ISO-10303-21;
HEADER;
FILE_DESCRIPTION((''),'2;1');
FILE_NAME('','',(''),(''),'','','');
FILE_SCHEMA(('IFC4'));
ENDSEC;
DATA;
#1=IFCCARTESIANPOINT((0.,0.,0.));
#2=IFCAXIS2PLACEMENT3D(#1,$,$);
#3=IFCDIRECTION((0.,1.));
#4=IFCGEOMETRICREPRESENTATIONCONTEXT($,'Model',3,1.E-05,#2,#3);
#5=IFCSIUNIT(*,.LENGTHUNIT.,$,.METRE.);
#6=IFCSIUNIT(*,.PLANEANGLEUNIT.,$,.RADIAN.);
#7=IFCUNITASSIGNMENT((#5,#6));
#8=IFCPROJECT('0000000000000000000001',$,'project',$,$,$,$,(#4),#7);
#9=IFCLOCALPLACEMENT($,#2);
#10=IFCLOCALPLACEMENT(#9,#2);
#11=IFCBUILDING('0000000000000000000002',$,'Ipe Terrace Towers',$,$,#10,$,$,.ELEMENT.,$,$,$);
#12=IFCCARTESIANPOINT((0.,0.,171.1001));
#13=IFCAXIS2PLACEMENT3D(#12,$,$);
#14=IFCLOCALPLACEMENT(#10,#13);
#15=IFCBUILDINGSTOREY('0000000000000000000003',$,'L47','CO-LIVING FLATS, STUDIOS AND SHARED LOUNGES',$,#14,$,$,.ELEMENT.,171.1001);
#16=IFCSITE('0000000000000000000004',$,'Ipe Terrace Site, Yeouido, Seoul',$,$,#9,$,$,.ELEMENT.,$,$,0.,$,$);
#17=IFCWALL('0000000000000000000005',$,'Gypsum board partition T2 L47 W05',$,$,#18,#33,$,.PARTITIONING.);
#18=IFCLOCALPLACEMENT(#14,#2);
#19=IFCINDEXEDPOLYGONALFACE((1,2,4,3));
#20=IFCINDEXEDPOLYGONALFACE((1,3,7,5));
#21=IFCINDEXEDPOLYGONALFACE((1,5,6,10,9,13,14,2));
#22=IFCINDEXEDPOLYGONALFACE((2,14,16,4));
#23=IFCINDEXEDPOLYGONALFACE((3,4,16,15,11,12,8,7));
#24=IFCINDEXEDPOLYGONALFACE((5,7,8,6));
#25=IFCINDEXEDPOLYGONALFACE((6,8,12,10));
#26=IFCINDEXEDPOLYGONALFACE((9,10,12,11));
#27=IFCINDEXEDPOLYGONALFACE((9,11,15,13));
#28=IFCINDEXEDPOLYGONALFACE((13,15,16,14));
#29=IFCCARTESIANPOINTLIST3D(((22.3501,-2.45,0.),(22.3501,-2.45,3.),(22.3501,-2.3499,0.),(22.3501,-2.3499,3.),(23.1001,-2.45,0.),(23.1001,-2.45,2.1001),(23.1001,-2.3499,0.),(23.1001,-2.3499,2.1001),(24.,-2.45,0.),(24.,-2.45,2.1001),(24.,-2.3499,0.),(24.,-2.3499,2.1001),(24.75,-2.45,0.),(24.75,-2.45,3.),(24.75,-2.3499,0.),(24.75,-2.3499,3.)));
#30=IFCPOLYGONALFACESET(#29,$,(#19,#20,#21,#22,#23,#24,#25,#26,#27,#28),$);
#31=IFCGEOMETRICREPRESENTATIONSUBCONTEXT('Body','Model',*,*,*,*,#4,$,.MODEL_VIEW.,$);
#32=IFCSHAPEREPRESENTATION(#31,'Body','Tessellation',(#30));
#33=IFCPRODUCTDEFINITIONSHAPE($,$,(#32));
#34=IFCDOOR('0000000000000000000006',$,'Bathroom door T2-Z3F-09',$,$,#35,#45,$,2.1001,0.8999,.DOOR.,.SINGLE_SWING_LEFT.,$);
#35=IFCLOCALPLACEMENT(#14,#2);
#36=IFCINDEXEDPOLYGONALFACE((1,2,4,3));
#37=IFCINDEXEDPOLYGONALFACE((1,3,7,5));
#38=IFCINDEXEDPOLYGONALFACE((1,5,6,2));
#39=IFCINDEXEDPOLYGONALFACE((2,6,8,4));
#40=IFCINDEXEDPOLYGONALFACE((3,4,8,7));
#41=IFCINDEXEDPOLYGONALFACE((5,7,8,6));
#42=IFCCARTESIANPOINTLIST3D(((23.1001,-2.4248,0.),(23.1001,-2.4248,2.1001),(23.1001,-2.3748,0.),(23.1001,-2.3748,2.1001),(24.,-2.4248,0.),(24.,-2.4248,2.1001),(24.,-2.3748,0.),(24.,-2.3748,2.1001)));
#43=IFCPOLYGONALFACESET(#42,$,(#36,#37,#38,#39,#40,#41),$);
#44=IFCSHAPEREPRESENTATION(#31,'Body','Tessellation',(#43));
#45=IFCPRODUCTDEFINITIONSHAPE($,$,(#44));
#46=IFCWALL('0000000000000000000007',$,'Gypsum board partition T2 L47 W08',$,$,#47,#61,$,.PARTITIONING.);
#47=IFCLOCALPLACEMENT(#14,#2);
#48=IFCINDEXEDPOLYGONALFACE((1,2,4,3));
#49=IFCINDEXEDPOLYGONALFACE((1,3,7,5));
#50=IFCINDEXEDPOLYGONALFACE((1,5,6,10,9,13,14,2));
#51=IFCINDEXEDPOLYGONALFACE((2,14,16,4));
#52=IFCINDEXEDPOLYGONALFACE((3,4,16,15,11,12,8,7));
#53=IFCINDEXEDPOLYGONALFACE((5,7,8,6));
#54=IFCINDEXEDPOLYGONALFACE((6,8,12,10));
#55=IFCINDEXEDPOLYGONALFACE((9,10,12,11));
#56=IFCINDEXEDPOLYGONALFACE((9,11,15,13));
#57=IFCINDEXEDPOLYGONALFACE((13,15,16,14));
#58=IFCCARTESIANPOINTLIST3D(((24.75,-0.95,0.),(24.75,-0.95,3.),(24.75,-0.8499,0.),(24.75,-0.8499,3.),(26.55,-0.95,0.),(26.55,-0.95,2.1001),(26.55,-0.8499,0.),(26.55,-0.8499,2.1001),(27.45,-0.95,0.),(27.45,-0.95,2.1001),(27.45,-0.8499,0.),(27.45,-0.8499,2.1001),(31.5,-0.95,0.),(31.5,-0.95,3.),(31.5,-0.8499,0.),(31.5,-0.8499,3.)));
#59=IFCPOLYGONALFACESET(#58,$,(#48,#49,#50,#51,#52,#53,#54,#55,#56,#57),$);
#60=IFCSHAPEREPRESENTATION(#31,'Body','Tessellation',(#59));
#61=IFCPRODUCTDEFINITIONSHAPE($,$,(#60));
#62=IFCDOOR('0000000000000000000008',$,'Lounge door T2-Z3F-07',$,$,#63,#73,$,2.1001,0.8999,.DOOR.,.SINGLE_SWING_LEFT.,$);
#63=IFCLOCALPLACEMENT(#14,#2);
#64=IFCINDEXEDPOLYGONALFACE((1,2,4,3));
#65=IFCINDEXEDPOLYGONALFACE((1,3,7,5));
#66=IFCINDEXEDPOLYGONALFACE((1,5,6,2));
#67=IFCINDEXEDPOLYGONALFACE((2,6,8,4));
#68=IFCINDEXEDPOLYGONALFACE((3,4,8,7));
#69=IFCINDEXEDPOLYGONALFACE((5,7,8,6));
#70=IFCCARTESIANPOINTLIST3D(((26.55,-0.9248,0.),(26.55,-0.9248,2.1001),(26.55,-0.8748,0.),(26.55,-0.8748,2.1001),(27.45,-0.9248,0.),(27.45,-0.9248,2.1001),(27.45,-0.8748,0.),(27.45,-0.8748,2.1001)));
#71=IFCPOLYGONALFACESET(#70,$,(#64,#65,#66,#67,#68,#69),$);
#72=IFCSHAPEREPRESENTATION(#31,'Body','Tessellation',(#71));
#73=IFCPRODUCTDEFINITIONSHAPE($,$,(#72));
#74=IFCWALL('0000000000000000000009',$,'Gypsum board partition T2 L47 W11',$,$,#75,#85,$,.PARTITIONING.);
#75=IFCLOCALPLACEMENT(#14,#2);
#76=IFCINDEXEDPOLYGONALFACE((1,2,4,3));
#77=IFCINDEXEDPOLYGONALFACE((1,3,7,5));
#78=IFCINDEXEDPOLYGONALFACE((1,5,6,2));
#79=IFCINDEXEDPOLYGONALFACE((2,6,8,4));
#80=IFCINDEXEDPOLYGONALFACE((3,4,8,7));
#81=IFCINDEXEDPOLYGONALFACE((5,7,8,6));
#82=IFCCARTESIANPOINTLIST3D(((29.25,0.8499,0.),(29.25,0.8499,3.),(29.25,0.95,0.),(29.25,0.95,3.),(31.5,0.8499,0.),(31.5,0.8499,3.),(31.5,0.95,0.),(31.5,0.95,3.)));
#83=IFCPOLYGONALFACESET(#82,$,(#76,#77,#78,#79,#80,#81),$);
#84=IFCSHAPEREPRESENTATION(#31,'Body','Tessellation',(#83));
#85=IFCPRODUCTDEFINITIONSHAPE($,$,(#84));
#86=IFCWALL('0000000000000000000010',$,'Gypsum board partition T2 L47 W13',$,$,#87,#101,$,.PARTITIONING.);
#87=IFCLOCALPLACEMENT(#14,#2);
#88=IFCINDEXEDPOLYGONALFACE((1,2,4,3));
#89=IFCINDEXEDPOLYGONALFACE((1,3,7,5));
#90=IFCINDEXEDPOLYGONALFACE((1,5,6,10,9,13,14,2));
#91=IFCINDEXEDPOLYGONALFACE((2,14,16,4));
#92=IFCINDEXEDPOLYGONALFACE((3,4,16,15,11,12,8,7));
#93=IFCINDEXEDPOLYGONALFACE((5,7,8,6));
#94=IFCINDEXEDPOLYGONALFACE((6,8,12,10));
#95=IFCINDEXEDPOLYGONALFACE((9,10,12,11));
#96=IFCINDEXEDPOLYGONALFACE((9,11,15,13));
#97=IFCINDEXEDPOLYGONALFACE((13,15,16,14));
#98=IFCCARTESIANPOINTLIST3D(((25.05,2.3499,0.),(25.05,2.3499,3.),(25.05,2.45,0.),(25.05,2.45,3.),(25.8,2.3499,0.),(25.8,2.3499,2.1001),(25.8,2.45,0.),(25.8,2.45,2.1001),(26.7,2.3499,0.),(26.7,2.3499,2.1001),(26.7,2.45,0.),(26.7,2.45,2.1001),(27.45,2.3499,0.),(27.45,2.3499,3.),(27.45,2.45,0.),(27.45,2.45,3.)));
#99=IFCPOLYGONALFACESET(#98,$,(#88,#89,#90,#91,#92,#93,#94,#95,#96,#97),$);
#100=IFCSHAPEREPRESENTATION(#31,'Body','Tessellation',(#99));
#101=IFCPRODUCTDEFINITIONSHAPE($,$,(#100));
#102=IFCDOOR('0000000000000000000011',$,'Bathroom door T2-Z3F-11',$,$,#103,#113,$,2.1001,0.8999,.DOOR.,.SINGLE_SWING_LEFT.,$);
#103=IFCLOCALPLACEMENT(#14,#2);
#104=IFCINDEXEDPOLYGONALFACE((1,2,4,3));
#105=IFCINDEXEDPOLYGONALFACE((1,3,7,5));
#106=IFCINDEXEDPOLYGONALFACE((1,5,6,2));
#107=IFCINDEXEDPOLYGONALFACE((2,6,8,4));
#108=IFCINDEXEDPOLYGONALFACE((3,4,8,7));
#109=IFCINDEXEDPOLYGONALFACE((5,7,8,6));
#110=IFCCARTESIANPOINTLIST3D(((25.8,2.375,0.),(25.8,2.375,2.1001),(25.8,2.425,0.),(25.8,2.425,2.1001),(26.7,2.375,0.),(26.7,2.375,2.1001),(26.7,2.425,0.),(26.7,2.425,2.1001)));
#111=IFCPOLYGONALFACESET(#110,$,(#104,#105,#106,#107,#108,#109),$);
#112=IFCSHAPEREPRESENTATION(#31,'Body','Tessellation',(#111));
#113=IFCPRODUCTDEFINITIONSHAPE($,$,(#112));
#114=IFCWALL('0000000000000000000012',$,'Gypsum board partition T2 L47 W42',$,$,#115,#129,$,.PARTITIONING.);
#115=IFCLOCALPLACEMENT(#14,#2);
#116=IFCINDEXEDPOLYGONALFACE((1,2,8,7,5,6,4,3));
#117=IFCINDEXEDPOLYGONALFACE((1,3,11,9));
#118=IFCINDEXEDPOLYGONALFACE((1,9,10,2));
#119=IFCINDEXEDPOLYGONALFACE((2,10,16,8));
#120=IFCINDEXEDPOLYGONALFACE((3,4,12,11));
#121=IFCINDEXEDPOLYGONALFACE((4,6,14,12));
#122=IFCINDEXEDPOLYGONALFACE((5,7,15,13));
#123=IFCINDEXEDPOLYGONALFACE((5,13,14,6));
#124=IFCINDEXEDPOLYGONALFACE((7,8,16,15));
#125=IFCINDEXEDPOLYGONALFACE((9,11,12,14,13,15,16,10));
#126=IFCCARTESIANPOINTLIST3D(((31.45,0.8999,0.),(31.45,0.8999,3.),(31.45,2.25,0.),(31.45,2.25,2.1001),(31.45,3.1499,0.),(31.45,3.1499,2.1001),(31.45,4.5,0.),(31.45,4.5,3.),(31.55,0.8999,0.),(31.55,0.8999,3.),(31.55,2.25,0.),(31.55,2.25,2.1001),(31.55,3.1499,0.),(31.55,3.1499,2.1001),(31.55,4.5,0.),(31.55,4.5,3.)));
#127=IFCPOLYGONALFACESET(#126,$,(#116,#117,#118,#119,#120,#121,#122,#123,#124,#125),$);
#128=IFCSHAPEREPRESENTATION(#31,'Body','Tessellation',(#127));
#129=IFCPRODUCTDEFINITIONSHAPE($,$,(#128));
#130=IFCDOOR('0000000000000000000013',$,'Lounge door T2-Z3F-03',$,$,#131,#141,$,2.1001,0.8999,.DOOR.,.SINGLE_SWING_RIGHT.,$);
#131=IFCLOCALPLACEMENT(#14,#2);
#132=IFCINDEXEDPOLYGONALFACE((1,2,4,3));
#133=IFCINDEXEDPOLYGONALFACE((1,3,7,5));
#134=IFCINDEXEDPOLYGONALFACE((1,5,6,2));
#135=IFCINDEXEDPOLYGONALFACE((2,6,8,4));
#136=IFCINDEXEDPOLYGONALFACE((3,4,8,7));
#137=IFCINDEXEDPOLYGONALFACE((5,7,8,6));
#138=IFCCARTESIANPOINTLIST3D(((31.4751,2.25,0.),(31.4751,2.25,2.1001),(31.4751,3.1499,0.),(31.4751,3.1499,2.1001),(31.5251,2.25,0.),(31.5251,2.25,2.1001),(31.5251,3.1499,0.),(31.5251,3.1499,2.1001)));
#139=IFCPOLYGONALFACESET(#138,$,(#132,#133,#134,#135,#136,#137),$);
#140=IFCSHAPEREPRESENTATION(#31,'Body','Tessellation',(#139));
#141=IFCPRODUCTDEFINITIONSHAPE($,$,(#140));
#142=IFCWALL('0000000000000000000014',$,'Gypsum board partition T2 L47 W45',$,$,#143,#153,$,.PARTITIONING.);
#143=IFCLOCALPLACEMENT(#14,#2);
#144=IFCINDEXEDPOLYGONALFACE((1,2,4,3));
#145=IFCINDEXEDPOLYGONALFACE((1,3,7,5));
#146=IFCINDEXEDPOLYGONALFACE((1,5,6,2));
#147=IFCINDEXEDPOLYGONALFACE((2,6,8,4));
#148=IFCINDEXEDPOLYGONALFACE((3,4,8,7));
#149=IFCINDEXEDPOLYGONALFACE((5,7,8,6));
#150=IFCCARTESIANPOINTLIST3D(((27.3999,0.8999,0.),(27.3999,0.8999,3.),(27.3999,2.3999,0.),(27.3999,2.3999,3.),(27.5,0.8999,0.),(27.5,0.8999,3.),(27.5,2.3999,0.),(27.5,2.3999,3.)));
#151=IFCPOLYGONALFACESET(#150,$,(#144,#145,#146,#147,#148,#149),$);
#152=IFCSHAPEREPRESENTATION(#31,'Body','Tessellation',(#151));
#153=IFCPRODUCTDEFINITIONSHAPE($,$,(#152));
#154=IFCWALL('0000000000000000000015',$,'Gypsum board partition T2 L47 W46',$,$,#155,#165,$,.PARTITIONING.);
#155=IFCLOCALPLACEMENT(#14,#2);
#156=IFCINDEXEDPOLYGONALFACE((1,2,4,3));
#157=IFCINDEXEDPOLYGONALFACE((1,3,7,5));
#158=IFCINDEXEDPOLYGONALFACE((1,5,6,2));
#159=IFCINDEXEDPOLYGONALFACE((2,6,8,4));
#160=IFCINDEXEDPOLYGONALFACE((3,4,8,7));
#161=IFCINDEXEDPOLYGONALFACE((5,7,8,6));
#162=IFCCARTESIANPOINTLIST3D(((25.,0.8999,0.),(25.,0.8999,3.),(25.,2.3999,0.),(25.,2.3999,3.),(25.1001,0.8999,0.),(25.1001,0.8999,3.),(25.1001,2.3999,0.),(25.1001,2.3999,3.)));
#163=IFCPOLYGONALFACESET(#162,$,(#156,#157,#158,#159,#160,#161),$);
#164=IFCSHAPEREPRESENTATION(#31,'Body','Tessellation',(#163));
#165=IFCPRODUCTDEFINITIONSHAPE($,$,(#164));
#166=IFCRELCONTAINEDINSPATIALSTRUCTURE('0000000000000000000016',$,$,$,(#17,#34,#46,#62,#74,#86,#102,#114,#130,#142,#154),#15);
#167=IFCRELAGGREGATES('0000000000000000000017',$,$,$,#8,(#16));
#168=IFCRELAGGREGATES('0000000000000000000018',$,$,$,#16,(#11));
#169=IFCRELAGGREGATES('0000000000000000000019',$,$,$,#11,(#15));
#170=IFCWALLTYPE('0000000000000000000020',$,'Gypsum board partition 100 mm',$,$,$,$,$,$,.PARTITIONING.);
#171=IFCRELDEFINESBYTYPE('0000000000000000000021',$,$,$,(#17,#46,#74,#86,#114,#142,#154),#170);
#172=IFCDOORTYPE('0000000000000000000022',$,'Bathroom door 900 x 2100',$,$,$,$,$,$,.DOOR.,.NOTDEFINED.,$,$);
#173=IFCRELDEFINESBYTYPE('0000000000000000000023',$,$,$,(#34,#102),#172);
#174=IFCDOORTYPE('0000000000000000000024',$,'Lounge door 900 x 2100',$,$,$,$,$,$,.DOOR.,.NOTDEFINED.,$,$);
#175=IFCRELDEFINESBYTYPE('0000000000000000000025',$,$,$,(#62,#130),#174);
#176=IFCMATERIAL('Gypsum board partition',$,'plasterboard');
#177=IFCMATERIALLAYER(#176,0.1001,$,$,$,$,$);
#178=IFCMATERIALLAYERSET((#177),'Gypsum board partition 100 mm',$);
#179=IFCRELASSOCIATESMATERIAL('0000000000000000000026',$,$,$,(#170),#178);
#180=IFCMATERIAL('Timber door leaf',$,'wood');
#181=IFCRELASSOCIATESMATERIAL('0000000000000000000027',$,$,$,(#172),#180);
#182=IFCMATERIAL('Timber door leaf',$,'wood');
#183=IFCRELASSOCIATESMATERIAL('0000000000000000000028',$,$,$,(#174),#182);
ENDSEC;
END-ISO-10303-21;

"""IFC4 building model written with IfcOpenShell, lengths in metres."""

from ifc_helpers import new_model, si_unit, direction, frame, frame_2d, origin, place, context, subcontext, project, spatial, rectangle, extrude, material, layer, layer_set, type_object, element, fill, save


model = new_model("IFC4")

# Units and contexts
model_context = context("Model", 3, precision=1e-05, world=origin(), true_north=direction((0.0, 1.0)))
body_context = subcontext(model_context, "Body", "Model", "MODEL_VIEW")
ifc_project = project(units=[si_unit("LENGTHUNIT", "METRE"), si_unit("PLANEANGLEUNIT", "RADIAN")], contexts=[model_context])

# Site, building, storey
site_placement = place(None, origin())
site = spatial("IfcSite", under=ifc_project, at=site_placement, Name="Ipe Terrace Site, Yeouido, Seoul", CompositionType="ELEMENT", RefElevation=0.0)
building_placement = place(site_placement, origin())
building = spatial("IfcBuilding", under=site, at=building_placement, Name="Ipe Terrace Towers", CompositionType="ELEMENT")
storey_placement = place(building_placement, frame((0.0, 0.0, 171.1001)))
storey = spatial("IfcBuildingStorey", under=building, at=storey_placement, Name="L47", Description="CO-LIVING FLATS, STUDIOS AND SHARED LOUNGES", CompositionType="ELEMENT", Elevation=171.1001)

# Walls, openings, doors
ifc_material_1 = material(Name="Gypsum board partition", Category="plasterboard")
ifc_layer_1 = layer(ifc_material_1, 0.1001)
ifc_layer_set_1 = layer_set([ifc_layer_1], Name="Gypsum board partition 100 mm")
wall_type_1 = type_object("IfcWallType", Name="Gypsum board partition 100 mm", PredefinedType="PARTITIONING", material=ifc_layer_set_1)
wall_1_placement = place(storey_placement, frame((24.75, -2.3999, 0.0), z_axis=(0.0, 0.0, 1.0), x_axis=(-1.0, 0.0, 0.0)))
wall_1 = element("IfcWall", 1, at=wall_1_placement, inside=storey, type_object=wall_type_1, Name="Gypsum board partition T2 L47 W05", PredefinedType="PARTITIONING", context=body_context, shape_type="SweptSolid", body=[
    extrude(rectangle(XDim=2.3999, YDim=0.1001, at=frame_2d((1.2, 0.0))), origin(), (0.0, 0.0, 1.0), 3.0),
])
opening_1_placement = place(wall_1_placement, frame((0.75, 0.0, 0.0)))
opening_1 = element("IfcOpeningElement", 2, at=opening_1_placement, cuts=wall_1, PredefinedType="OPENING", context=body_context, shape_type="SweptSolid", body=[
    extrude(rectangle(XDim=0.8999, YDim=2.1001, at=frame_2d((0.45, 1.05))), frame((0.0, 0.0601, 0.0), z_axis=(0.0, -1.0, 0.0), x_axis=(1.0, 0.0, 0.0)), (0.0, 0.0, 1.0), 0.1201),
])
ifc_material_2 = material(Name="Timber door leaf", Category="wood")
door_type_1 = type_object("IfcDoorType", Name="Bathroom door 900 x 2100", OperationType="NOTDEFINED", PredefinedType="DOOR", material=ifc_material_2)
door_1_placement = place(opening_1_placement, origin())
door_1 = element("IfcDoor", 3, at=door_1_placement, inside=storey, type_object=door_type_1, Name="Bathroom door T2-Z3F-09", OperationType="SINGLE_SWING_LEFT", OverallHeight=2.1001, OverallWidth=0.8999, PredefinedType="DOOR", context=body_context, shape_type="SweptSolid", body=[
    extrude(rectangle(XDim=0.8999, YDim=2.1001, at=frame_2d((0.45, 1.05))), frame((0.0, 0.0249, 0.0), z_axis=(0.0, -1.0, 0.0), x_axis=(1.0, 0.0, 0.0)), (0.0, 0.0, 1.0), 0.05),
])
fill(opening_1, door_1)
wall_2_placement = place(storey_placement, frame((31.5, -0.8999, 0.0), z_axis=(0.0, 0.0, 1.0), x_axis=(-1.0, 0.0, 0.0)))
wall_2 = element("IfcWall", 4, at=wall_2_placement, inside=storey, type_object=wall_type_1, Name="Gypsum board partition T2 L47 W08", PredefinedType="PARTITIONING", context=body_context, shape_type="SweptSolid", body=[
    extrude(rectangle(XDim=6.75, YDim=0.1001, at=frame_2d((3.375, 0.0))), origin(), (0.0, 0.0, 1.0), 3.0),
])
opening_2_placement = place(wall_2_placement, frame((4.05, 0.0, 0.0)))
opening_2 = element("IfcOpeningElement", 5, at=opening_2_placement, cuts=wall_2, PredefinedType="OPENING", context=body_context, shape_type="SweptSolid", body=[
    extrude(rectangle(XDim=0.8999, YDim=2.1001, at=frame_2d((0.45, 1.05))), frame((0.0, 0.0601, 0.0), z_axis=(0.0, -1.0, 0.0), x_axis=(1.0, 0.0, 0.0)), (0.0, 0.0, 1.0), 0.1201),
])
ifc_material_3 = material(Name="Timber door leaf", Category="wood")
door_type_2 = type_object("IfcDoorType", Name="Lounge door 900 x 2100", OperationType="NOTDEFINED", PredefinedType="DOOR", material=ifc_material_3)
door_2_placement = place(opening_2_placement, origin())
door_2 = element("IfcDoor", 6, at=door_2_placement, inside=storey, type_object=door_type_2, Name="Lounge door T2-Z3F-07", OperationType="SINGLE_SWING_LEFT", OverallHeight=2.1001, OverallWidth=0.8999, PredefinedType="DOOR", context=body_context, shape_type="SweptSolid", body=[
    extrude(rectangle(XDim=0.8999, YDim=2.1001, at=frame_2d((0.45, 1.05))), frame((0.0, 0.0249, 0.0), z_axis=(0.0, -1.0, 0.0), x_axis=(1.0, 0.0, 0.0)), (0.0, 0.0, 1.0), 0.05),
])
fill(opening_2, door_2)

# Wall
wall_3_placement = place(storey_placement, frame((31.5, 0.8999, 0.0), z_axis=(0.0, 0.0, 1.0), x_axis=(-1.0, 0.0, 0.0)))
element("IfcWall", 7, at=wall_3_placement, inside=storey, type_object=wall_type_1, Name="Gypsum board partition T2 L47 W11", PredefinedType="PARTITIONING", context=body_context, shape_type="SweptSolid", body=[
    extrude(rectangle(XDim=2.25, YDim=0.1001, at=frame_2d((1.125, 0.0))), origin(), (0.0, 0.0, 1.0), 3.0),
])

# Walls, openings, doors
wall_4_placement = place(storey_placement, frame((27.45, 2.3999, 0.0), z_axis=(0.0, 0.0, 1.0), x_axis=(-1.0, 0.0, 0.0)))
wall_4 = element("IfcWall", 8, at=wall_4_placement, inside=storey, type_object=wall_type_1, Name="Gypsum board partition T2 L47 W13", PredefinedType="PARTITIONING", context=body_context, shape_type="SweptSolid", body=[
    extrude(rectangle(XDim=2.3999, YDim=0.1001, at=frame_2d((1.2, 0.0))), origin(), (0.0, 0.0, 1.0), 3.0),
])
opening_3_placement = place(wall_4_placement, frame((0.75, 0.0, 0.0)))
opening_3 = element("IfcOpeningElement", 9, at=opening_3_placement, cuts=wall_4, PredefinedType="OPENING", context=body_context, shape_type="SweptSolid", body=[
    extrude(rectangle(XDim=0.8999, YDim=2.1001, at=frame_2d((0.45, 1.05))), frame((0.0, 0.0601, 0.0), z_axis=(0.0, -1.0, 0.0), x_axis=(1.0, 0.0, 0.0)), (0.0, 0.0, 1.0), 0.1201),
])
door_3_placement = place(opening_3_placement, origin())
door_3 = element("IfcDoor", 10, at=door_3_placement, inside=storey, type_object=door_type_1, Name="Bathroom door T2-Z3F-11", OperationType="SINGLE_SWING_LEFT", OverallHeight=2.1001, OverallWidth=0.8999, PredefinedType="DOOR", context=body_context, shape_type="SweptSolid", body=[
    extrude(rectangle(XDim=0.8999, YDim=2.1001, at=frame_2d((0.45, 1.05))), frame((0.0, 0.0249, 0.0), z_axis=(0.0, -1.0, 0.0), x_axis=(1.0, 0.0, 0.0)), (0.0, 0.0, 1.0), 0.05),
])
fill(opening_3, door_3)
wall_5_placement = place(storey_placement, frame((31.5, 0.8999, 0.0), z_axis=(0.0, 0.0, 1.0), x_axis=(0.0, 1.0, 0.0)))
wall_5 = element("IfcWall", 11, at=wall_5_placement, inside=storey, type_object=wall_type_1, Name="Gypsum board partition T2 L47 W42", PredefinedType="PARTITIONING", context=body_context, shape_type="SweptSolid", body=[
    extrude(rectangle(XDim=3.6001, YDim=0.1001, at=frame_2d((1.8, 0.0))), origin(), (0.0, 0.0, 1.0), 3.0),
])
opening_4_placement = place(wall_5_placement, frame((1.3501, 0.0, 0.0)))
opening_4 = element("IfcOpeningElement", 12, at=opening_4_placement, cuts=wall_5, PredefinedType="OPENING", context=body_context, shape_type="SweptSolid", body=[
    extrude(rectangle(XDim=0.8999, YDim=2.1001, at=frame_2d((0.45, 1.05))), frame((0.0, 0.0601, 0.0), z_axis=(0.0, -1.0, 0.0), x_axis=(1.0, 0.0, 0.0)), (0.0, 0.0, 1.0), 0.1201),
])
door_4_placement = place(opening_4_placement, origin())
door_4 = element("IfcDoor", 13, at=door_4_placement, inside=storey, type_object=door_type_2, Name="Lounge door T2-Z3F-03", OperationType="SINGLE_SWING_RIGHT", OverallHeight=2.1001, OverallWidth=0.8999, PredefinedType="DOOR", context=body_context, shape_type="SweptSolid", body=[
    extrude(rectangle(XDim=0.8999, YDim=2.1001, at=frame_2d((0.45, 1.05))), frame((0.0, 0.0249, 0.0), z_axis=(0.0, -1.0, 0.0), x_axis=(1.0, 0.0, 0.0)), (0.0, 0.0, 1.0), 0.05),
])
fill(opening_4, door_4)

# Walls
for number, where, z_axis, x_axis, name in (
    (14, (27.45, 0.8999, 0.0), (0.0, 0.0, 1.0), (0.0, 1.0, 0.0), "Gypsum board partition T2 L47 W45"),
    (15, (25.05, 0.8999, 0.0), (0.0, 0.0, 1.0), (0.0, 1.0, 0.0), "Gypsum board partition T2 L47 W46"),
):
    element("IfcWall", number, at=place(storey_placement, frame(where, z_axis=z_axis, x_axis=x_axis)), inside=storey, type_object=wall_type_1, Name=name, PredefinedType="PARTITIONING", context=body_context, shape_type="SweptSolid", body=[
        extrude(rectangle(XDim=1.5, YDim=0.1001, at=frame_2d((0.75, 0.0))), origin(), (0.0, 0.0, 1.0), 3.0),
    ])

save(model, "model.ifc")
